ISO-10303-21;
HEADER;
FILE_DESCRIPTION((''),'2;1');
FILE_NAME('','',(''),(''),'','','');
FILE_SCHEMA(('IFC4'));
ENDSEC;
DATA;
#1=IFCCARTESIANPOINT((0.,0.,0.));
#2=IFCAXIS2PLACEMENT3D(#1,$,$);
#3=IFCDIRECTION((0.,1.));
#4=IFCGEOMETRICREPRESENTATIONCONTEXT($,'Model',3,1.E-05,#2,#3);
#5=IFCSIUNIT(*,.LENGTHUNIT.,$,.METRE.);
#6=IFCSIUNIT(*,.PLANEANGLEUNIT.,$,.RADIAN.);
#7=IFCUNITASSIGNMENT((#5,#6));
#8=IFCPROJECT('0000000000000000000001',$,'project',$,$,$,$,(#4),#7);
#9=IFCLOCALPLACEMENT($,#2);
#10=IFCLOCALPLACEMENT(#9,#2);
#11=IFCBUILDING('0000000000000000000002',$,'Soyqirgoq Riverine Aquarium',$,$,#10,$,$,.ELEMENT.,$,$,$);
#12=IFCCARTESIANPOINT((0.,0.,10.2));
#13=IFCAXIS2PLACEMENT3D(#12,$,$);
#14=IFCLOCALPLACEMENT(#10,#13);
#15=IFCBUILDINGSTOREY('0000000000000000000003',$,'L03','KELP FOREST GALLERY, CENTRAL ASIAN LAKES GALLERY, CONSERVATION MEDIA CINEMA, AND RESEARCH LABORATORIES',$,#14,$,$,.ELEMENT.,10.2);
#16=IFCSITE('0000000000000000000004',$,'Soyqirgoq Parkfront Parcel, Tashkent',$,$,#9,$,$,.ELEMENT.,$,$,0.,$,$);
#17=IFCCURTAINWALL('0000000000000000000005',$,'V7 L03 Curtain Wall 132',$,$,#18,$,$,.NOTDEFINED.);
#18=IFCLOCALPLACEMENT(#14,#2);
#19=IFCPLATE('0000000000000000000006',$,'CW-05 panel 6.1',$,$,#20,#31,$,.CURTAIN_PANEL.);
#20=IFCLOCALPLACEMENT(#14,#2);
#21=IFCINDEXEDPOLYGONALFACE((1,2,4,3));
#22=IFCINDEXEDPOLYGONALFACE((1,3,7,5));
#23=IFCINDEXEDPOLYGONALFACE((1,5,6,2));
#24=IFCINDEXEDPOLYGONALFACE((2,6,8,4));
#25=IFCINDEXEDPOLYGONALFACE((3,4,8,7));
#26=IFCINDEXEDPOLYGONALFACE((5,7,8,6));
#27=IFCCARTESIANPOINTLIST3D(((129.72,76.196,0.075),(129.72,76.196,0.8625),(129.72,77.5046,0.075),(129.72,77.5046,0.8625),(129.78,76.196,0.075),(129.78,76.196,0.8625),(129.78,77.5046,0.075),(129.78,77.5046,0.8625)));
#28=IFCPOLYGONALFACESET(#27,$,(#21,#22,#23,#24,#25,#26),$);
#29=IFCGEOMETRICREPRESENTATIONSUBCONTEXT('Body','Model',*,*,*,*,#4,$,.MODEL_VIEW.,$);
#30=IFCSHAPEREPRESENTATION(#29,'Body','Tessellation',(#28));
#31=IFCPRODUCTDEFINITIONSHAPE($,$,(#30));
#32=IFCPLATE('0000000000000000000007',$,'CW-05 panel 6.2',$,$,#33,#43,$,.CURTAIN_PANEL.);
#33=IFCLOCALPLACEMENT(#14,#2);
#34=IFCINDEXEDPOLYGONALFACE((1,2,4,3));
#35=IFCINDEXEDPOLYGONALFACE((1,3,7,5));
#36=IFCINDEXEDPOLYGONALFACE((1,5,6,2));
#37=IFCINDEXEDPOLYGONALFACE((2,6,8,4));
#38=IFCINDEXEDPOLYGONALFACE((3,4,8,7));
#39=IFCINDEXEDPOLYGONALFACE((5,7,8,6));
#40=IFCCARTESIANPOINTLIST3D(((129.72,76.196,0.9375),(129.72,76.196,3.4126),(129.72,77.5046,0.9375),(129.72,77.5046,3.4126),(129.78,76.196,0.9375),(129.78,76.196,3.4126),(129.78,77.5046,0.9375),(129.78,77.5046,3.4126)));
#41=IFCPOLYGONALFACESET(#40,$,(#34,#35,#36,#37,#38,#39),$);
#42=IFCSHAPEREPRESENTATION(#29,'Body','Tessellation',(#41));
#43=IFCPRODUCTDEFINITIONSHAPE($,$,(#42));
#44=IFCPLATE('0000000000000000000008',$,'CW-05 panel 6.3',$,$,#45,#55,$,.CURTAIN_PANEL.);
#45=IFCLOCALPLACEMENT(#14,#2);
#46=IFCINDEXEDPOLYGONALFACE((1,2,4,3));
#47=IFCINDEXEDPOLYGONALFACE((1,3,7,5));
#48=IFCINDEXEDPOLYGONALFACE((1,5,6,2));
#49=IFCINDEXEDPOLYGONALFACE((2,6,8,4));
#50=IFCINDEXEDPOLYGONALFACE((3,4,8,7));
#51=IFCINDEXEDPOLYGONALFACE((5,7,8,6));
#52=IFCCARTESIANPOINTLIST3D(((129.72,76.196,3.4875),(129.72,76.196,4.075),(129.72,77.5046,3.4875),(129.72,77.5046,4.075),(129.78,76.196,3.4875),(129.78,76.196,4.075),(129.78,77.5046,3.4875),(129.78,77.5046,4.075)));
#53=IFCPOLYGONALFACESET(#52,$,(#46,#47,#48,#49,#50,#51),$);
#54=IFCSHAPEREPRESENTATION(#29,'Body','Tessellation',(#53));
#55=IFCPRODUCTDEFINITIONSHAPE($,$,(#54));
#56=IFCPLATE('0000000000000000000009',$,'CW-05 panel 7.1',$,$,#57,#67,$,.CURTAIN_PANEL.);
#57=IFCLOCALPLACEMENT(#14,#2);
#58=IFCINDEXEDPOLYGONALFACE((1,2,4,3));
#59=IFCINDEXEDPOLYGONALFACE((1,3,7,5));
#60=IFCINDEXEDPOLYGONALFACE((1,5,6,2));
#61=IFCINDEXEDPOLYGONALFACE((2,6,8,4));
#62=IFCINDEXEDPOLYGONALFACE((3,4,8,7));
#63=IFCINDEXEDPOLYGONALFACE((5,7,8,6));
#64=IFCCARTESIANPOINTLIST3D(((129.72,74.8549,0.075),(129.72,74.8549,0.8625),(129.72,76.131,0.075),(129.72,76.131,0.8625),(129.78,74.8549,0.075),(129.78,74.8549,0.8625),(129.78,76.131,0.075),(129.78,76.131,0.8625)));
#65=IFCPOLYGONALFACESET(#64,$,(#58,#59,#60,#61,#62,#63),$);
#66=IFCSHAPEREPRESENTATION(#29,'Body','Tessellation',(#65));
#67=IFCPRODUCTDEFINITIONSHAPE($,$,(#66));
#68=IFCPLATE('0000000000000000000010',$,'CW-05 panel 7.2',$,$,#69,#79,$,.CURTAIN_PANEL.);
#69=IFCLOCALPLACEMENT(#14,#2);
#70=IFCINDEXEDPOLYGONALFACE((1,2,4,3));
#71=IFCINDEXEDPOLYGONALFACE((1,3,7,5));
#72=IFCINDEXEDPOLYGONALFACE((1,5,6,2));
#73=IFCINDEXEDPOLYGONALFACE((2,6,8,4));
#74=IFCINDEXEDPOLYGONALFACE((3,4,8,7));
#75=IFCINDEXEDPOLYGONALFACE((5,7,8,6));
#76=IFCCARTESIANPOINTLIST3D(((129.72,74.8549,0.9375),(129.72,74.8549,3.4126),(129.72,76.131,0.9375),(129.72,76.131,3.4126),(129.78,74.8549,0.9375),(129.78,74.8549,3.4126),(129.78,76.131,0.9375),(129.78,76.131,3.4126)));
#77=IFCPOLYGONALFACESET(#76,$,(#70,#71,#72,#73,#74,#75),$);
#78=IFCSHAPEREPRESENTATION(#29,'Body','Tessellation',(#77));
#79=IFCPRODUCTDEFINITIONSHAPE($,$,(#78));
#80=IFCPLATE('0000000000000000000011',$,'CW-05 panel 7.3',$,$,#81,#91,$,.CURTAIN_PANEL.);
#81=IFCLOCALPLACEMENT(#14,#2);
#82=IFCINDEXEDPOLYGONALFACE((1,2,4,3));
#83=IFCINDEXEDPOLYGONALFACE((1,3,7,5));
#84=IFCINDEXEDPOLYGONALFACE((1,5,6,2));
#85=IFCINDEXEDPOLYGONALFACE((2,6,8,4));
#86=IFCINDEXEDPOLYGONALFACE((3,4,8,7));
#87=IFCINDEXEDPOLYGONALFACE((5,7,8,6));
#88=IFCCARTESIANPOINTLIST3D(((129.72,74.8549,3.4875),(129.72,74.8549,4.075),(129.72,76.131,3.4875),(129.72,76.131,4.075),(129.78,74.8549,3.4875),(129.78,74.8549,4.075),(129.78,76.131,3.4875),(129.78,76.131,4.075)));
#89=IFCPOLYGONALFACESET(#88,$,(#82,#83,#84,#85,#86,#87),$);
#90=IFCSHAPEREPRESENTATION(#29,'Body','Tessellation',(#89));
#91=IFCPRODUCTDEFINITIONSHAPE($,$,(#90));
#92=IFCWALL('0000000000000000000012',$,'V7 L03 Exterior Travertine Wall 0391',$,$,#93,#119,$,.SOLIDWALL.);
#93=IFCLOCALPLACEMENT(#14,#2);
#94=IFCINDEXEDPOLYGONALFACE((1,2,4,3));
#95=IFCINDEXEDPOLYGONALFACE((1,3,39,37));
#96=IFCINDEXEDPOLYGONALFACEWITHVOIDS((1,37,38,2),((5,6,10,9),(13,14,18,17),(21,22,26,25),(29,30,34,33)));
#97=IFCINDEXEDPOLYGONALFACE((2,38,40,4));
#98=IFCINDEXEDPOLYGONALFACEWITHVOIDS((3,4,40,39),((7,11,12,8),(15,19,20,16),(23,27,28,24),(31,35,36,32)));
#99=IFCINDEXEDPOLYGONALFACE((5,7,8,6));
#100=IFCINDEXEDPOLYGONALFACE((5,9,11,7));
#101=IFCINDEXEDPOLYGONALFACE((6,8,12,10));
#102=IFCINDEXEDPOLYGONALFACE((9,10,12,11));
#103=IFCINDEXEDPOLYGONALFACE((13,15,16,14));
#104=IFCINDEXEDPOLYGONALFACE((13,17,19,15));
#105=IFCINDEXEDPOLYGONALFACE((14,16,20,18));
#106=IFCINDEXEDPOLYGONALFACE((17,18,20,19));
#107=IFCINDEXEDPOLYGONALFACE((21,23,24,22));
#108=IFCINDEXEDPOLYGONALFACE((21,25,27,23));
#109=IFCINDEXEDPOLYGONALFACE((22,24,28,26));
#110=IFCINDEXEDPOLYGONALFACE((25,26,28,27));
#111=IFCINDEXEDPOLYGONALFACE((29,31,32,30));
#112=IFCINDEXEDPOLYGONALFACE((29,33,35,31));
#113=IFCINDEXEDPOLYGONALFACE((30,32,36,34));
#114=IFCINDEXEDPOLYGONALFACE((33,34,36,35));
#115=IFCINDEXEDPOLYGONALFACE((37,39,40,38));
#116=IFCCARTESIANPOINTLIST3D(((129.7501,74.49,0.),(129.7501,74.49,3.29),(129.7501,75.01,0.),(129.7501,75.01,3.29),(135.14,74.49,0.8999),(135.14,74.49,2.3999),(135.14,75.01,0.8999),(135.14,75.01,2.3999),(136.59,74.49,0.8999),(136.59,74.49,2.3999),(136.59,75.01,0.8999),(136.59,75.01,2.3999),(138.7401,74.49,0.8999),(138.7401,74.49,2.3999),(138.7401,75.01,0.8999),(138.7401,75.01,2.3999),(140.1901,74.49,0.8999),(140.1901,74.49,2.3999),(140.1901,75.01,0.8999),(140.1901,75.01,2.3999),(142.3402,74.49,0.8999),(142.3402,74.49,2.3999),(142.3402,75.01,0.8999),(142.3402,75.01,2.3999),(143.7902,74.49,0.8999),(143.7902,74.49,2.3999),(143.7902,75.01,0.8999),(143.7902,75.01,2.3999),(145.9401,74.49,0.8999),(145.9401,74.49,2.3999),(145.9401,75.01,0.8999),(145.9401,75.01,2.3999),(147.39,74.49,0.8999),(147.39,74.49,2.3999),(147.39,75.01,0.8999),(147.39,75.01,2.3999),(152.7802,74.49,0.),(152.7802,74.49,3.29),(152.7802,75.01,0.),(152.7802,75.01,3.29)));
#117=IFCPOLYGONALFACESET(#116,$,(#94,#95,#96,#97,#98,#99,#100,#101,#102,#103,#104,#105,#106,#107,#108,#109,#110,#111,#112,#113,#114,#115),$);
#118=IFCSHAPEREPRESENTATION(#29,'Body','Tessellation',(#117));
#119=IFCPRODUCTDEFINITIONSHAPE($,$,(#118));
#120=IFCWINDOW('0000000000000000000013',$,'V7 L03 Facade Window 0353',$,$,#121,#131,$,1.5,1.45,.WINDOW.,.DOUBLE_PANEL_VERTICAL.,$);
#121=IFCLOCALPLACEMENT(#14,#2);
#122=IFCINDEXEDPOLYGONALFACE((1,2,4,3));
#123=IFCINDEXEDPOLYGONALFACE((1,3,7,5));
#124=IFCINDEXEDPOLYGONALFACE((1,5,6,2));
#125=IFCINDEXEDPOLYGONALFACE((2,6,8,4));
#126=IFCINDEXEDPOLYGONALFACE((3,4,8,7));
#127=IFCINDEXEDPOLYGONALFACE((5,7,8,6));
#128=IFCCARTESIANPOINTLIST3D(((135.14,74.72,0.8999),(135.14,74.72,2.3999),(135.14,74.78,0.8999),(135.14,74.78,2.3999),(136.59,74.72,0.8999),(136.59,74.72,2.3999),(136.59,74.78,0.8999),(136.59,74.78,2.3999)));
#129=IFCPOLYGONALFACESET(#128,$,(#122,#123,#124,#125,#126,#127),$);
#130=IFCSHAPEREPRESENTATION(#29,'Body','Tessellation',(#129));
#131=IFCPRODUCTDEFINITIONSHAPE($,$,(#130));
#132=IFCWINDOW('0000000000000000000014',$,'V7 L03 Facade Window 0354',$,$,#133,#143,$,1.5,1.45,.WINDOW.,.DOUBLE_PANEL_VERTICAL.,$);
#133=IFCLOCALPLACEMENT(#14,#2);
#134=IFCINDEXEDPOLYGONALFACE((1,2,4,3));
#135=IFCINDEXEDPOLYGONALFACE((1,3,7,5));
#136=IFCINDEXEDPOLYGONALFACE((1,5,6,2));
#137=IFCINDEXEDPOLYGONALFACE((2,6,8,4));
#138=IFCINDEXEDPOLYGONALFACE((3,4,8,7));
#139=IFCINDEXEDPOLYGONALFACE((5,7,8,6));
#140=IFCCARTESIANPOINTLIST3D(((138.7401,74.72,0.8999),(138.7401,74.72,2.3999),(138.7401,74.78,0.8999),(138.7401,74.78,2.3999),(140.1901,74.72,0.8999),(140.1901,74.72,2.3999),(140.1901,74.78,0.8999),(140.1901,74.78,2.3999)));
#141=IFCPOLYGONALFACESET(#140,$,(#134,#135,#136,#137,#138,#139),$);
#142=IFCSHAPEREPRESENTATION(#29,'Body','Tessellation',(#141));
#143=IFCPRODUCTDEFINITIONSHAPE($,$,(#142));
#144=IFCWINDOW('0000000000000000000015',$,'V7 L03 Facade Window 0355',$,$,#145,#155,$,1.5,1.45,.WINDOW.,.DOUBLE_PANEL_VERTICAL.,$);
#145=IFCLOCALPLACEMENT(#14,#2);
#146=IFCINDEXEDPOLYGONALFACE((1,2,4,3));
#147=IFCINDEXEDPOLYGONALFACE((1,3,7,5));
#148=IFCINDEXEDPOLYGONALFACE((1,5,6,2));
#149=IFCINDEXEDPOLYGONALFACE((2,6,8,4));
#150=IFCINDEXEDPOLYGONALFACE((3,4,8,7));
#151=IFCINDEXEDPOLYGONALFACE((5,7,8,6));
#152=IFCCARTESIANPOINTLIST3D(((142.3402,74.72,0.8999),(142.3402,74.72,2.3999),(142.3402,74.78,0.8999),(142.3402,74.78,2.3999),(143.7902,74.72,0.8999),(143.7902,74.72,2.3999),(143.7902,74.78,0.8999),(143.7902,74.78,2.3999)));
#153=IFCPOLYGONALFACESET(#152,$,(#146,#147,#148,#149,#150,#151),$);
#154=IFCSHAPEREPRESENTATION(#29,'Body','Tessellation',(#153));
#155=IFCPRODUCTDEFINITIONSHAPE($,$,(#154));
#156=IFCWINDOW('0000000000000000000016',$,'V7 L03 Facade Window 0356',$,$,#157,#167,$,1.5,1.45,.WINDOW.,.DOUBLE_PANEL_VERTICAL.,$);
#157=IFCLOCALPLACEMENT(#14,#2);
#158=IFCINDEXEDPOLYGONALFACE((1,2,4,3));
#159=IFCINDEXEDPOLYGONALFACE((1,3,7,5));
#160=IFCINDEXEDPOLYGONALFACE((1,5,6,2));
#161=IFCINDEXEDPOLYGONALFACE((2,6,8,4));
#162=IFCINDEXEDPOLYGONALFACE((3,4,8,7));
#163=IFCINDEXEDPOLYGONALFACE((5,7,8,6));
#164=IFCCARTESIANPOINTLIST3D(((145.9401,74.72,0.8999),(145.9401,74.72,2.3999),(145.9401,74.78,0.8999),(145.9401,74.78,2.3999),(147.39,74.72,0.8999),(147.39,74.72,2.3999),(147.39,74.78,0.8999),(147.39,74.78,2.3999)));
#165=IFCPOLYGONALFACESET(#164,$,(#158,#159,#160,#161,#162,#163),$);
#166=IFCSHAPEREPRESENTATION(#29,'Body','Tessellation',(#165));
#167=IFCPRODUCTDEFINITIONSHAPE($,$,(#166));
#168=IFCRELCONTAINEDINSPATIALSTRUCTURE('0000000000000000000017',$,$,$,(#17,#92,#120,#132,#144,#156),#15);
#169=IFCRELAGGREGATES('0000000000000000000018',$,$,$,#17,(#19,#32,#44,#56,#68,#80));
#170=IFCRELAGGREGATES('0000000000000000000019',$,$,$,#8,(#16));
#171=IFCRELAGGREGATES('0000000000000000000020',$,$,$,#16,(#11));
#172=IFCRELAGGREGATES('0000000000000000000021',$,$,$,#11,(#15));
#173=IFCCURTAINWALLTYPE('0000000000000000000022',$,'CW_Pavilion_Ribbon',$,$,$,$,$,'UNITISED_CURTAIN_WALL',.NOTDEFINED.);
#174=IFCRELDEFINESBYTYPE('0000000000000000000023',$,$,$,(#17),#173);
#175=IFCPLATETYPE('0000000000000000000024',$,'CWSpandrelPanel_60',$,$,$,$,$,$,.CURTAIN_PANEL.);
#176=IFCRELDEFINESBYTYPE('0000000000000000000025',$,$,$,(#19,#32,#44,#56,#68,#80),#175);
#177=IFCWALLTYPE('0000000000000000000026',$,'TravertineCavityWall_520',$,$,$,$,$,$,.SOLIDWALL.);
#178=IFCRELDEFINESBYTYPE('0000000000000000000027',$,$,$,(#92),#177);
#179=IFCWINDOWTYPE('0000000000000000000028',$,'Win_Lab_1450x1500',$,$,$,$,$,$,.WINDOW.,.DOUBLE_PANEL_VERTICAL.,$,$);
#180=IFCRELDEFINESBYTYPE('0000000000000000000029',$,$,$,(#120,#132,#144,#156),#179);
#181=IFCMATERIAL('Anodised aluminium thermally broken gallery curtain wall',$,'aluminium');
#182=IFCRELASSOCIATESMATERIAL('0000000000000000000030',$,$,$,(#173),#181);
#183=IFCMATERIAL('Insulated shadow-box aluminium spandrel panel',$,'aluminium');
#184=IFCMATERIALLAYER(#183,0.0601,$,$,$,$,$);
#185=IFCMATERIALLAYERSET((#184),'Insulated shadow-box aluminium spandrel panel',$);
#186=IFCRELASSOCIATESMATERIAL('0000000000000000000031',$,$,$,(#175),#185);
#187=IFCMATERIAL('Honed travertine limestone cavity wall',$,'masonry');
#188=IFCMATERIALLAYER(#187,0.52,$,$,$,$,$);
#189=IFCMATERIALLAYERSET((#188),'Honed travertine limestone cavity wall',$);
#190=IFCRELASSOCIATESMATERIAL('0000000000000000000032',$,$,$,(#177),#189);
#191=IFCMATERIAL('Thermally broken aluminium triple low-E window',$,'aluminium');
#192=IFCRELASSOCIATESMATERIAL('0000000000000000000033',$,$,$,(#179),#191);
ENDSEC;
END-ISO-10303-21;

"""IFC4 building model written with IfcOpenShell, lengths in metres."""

from ifc_helpers import new_model, si_unit, direction, frame, frame_2d, origin, origin_2d, place, context, subcontext, project, spatial, rectangle, extrude, material, layer, layer_set, type_object, element, fill, aggregate, save


model = new_model("IFC4")

# Units and contexts
model_context = context("Model", 3, precision=1e-05, world=origin(), true_north=direction((0.0, 1.0)))
body_context = subcontext(model_context, "Body", "Model", "MODEL_VIEW")
ifc_project = project(units=[si_unit("LENGTHUNIT", "METRE"), si_unit("PLANEANGLEUNIT", "RADIAN")], contexts=[model_context])

# Site, building, storey
site_placement = place(None, origin())
site = spatial("IfcSite", under=ifc_project, at=site_placement, Name="Soyqirgoq Parkfront Parcel, Tashkent", CompositionType="ELEMENT", RefElevation=0.0)
building_placement = place(site_placement, origin())
building = spatial("IfcBuilding", under=site, at=building_placement, Name="Soyqirgoq Riverine Aquarium", CompositionType="ELEMENT")
storey_placement = place(building_placement, frame((0.0, 0.0, 10.2)))
storey = spatial("IfcBuildingStorey", under=building, at=storey_placement, Name="L03", Description="KELP FOREST GALLERY, CENTRAL ASIAN LAKES GALLERY, CONSERVATION MEDIA CINEMA, AND RESEARCH LABORATORIES", CompositionType="ELEMENT", Elevation=10.2)

# Curtain wall
ifc_material_1 = material(Name="Anodised aluminium thermally broken gallery curtain wall", Category="aluminium")
curtain_wall_type = type_object("IfcCurtainWallType", Name="CW_Pavilion_Ribbon", ElementType="UNITISED_CURTAIN_WALL", PredefinedType="NOTDEFINED", material=ifc_material_1)
curtain_wall_placement = place(storey_placement, origin())
curtain_wall = element("IfcCurtainWall", 1, at=curtain_wall_placement, inside=storey, type_object=curtain_wall_type, Name="V7 L03 Curtain Wall 132", PredefinedType="NOTDEFINED")

# Plates
ifc_material_2 = material(Name="Insulated shadow-box aluminium spandrel panel", Category="aluminium")
ifc_layer_1 = layer(ifc_material_2, 0.0601)
ifc_layer_set_1 = layer_set([ifc_layer_1], Name="Insulated shadow-box aluminium spandrel panel")
plate_type = type_object("IfcPlateType", Name="CWSpandrelPanel_60", PredefinedType="CURTAIN_PANEL", material=ifc_layer_set_1)
plate_1_placement = place(storey_placement, frame((129.75, 76.8503, 0.075), z_axis=(0.0, 0.0, 1.0), x_axis=(0.0, -1.0, 0.0)))
plate_1 = element("IfcPlate", 2, at=plate_1_placement, type_object=plate_type, Name="CW-05 panel 6.1", PredefinedType="CURTAIN_PANEL", context=body_context, shape_type="SweptSolid", body=[
    extrude(rectangle(XDim=1.3086, YDim=0.0601, at=origin_2d()), origin(), (0.0, 0.0, 1.0), 0.7876),
])
plate_2_placement = place(storey_placement, frame((129.75, 76.8503, 0.9375), z_axis=(0.0, 0.0, 1.0), x_axis=(0.0, -1.0, 0.0)))
plate_2 = element("IfcPlate", 3, at=plate_2_placement, type_object=plate_type, Name="CW-05 panel 6.2", PredefinedType="CURTAIN_PANEL", context=body_context, shape_type="SweptSolid", body=[
    extrude(rectangle(XDim=1.3086, YDim=0.0601, at=origin_2d()), origin(), (0.0, 0.0, 1.0), 2.4751),
])
plate_3_placement = place(storey_placement, frame((129.75, 76.8503, 3.4875), z_axis=(0.0, 0.0, 1.0), x_axis=(0.0, -1.0, 0.0)))
plate_3 = element("IfcPlate", 4, at=plate_3_placement, type_object=plate_type, Name="CW-05 panel 6.3", PredefinedType="CURTAIN_PANEL", context=body_context, shape_type="SweptSolid", body=[
    extrude(rectangle(XDim=1.3086, YDim=0.0601, at=origin_2d()), origin(), (0.0, 0.0, 1.0), 0.5874),
])
plate_4_placement = place(storey_placement, frame((129.75, 75.4929, 0.075), z_axis=(0.0, 0.0, 1.0), x_axis=(0.0, -1.0, 0.0)))
plate_4 = element("IfcPlate", 5, at=plate_4_placement, type_object=plate_type, Name="CW-05 panel 7.1", PredefinedType="CURTAIN_PANEL", context=body_context, shape_type="SweptSolid", body=[
    extrude(rectangle(XDim=1.2761, YDim=0.0601, at=origin_2d()), origin(), (0.0, 0.0, 1.0), 0.7876),
])
plate_5_placement = place(storey_placement, frame((129.75, 75.4929, 0.9375), z_axis=(0.0, 0.0, 1.0), x_axis=(0.0, -1.0, 0.0)))
plate_5 = element("IfcPlate", 6, at=plate_5_placement, type_object=plate_type, Name="CW-05 panel 7.2", PredefinedType="CURTAIN_PANEL", context=body_context, shape_type="SweptSolid", body=[
    extrude(rectangle(XDim=1.2761, YDim=0.0601, at=origin_2d()), origin(), (0.0, 0.0, 1.0), 2.4751),
])
plate_6_placement = place(storey_placement, frame((129.75, 75.4929, 3.4875), z_axis=(0.0, 0.0, 1.0), x_axis=(0.0, -1.0, 0.0)))
plate_6 = element("IfcPlate", 7, at=plate_6_placement, type_object=plate_type, Name="CW-05 panel 7.3", PredefinedType="CURTAIN_PANEL", context=body_context, shape_type="SweptSolid", body=[
    extrude(rectangle(XDim=1.2761, YDim=0.0601, at=origin_2d()), origin(), (0.0, 0.0, 1.0), 0.5874),
])
aggregate(curtain_wall, [plate_1, plate_2, plate_3, plate_4, plate_5, plate_6])

# Wall, openings, windows
ifc_material_3 = material(Name="Honed travertine limestone cavity wall", Category="masonry")
ifc_layer_2 = layer(ifc_material_3, 0.52)
ifc_layer_set_2 = layer_set([ifc_layer_2], Name="Honed travertine limestone cavity wall")
wall_type = type_object("IfcWallType", Name="TravertineCavityWall_520", PredefinedType="SOLIDWALL", material=ifc_layer_set_2)
wall_placement = place(storey_placement, frame((129.75, 74.75, 0.0), z_axis=(0.0, 0.0, 1.0), x_axis=(1.0, 0.0, 0.0)))
wall = element("IfcWall", 8, at=wall_placement, inside=storey, type_object=wall_type, Name="V7 L03 Exterior Travertine Wall 0391", PredefinedType="SOLIDWALL", context=body_context, shape_type="SweptSolid", body=[
    extrude(rectangle(XDim=23.03, YDim=0.52, at=frame_2d((11.5151, 0.0))), origin(), (0.0, 0.0, 1.0), 3.29),
])
opening_1_placement = place(wall_placement, frame((5.3899, 0.0, 0.8999)))
opening_1 = element("IfcOpeningElement", 9, at=opening_1_placement, cuts=wall, PredefinedType="OPENING", context=body_context, shape_type="SweptSolid", body=[
    extrude(rectangle(XDim=1.45, YDim=1.5, at=frame_2d((0.7251, 0.75))), frame((0.0, 0.27, 0.0), z_axis=(0.0, -1.0, 0.0), x_axis=(1.0, 0.0, 0.0)), (0.0, 0.0, 1.0), 0.54),
])
opening_2_placement = place(wall_placement, frame((8.99, 0.0, 0.8999)))
opening_2 = element("IfcOpeningElement", 10, at=opening_2_placement, cuts=wall, PredefinedType="OPENING", context=body_context, shape_type="SweptSolid", body=[
    extrude(rectangle(XDim=1.45, YDim=1.5, at=frame_2d((0.7251, 0.75))), frame((0.0, 0.27, 0.0), z_axis=(0.0, -1.0, 0.0), x_axis=(1.0, 0.0, 0.0)), (0.0, 0.0, 1.0), 0.54),
])
opening_3_placement = place(wall_placement, frame((12.5901, 0.0, 0.8999)))
opening_3 = element("IfcOpeningElement", 11, at=opening_3_placement, cuts=wall, PredefinedType="OPENING", context=body_context, shape_type="SweptSolid", body=[
    extrude(rectangle(XDim=1.45, YDim=1.5, at=frame_2d((0.7251, 0.75))), frame((0.0, 0.27, 0.0), z_axis=(0.0, -1.0, 0.0), x_axis=(1.0, 0.0, 0.0)), (0.0, 0.0, 1.0), 0.54),
])
opening_4_placement = place(wall_placement, frame((16.1899, 0.0, 0.8999)))
opening_4 = element("IfcOpeningElement", 12, at=opening_4_placement, cuts=wall, PredefinedType="OPENING", context=body_context, shape_type="SweptSolid", body=[
    extrude(rectangle(XDim=1.45, YDim=1.5, at=frame_2d((0.7251, 0.75))), frame((0.0, 0.27, 0.0), z_axis=(0.0, -1.0, 0.0), x_axis=(1.0, 0.0, 0.0)), (0.0, 0.0, 1.0), 0.54),
])
ifc_material_4 = material(Name="Thermally broken aluminium triple low-E window", Category="aluminium")
window_type = type_object("IfcWindowType", Name="Win_Lab_1450x1500", PartitioningType="DOUBLE_PANEL_VERTICAL", PredefinedType="WINDOW", material=ifc_material_4)
window_1_placement = place(opening_1_placement, origin())
window_1 = element("IfcWindow", 13, at=window_1_placement, inside=storey, type_object=window_type, Name="V7 L03 Facade Window 0353", OverallHeight=1.5, OverallWidth=1.45, PartitioningType="DOUBLE_PANEL_VERTICAL", PredefinedType="WINDOW", context=body_context, shape_type="SweptSolid", body=[
    extrude(rectangle(XDim=1.45, YDim=1.5, at=frame_2d((0.7251, 0.75))), frame((0.0, 0.03, 0.0), z_axis=(0.0, -1.0, 0.0), x_axis=(1.0, 0.0, 0.0)), (0.0, 0.0, 1.0), 0.0601),
])
fill(opening_1, window_1)
window_2_placement = place(opening_2_placement, origin())
window_2 = element("IfcWindow", 14, at=window_2_placement, inside=storey, type_object=window_type, Name="V7 L03 Facade Window 0354", OverallHeight=1.5, OverallWidth=1.45, PartitioningType="DOUBLE_PANEL_VERTICAL", PredefinedType="WINDOW", context=body_context, shape_type="SweptSolid", body=[
    extrude(rectangle(XDim=1.45, YDim=1.5, at=frame_2d((0.7251, 0.75))), frame((0.0, 0.03, 0.0), z_axis=(0.0, -1.0, 0.0), x_axis=(1.0, 0.0, 0.0)), (0.0, 0.0, 1.0), 0.0601),
])
fill(opening_2, window_2)
window_3_placement = place(opening_3_placement, origin())
window_3 = element("IfcWindow", 15, at=window_3_placement, inside=storey, type_object=window_type, Name="V7 L03 Facade Window 0355", OverallHeight=1.5, OverallWidth=1.45, PartitioningType="DOUBLE_PANEL_VERTICAL", PredefinedType="WINDOW", context=body_context, shape_type="SweptSolid", body=[
    extrude(rectangle(XDim=1.45, YDim=1.5, at=frame_2d((0.7251, 0.75))), frame((0.0, 0.03, 0.0), z_axis=(0.0, -1.0, 0.0), x_axis=(1.0, 0.0, 0.0)), (0.0, 0.0, 1.0), 0.0601),
])
fill(opening_3, window_3)
window_4_placement = place(opening_4_placement, origin())
window_4 = element("IfcWindow", 16, at=window_4_placement, inside=storey, type_object=window_type, Name="V7 L03 Facade Window 0356", OverallHeight=1.5, OverallWidth=1.45, PartitioningType="DOUBLE_PANEL_VERTICAL", PredefinedType="WINDOW", context=body_context, shape_type="SweptSolid", body=[
    extrude(rectangle(XDim=1.45, YDim=1.5, at=frame_2d((0.7251, 0.75))), frame((0.0, 0.03, 0.0), z_axis=(0.0, -1.0, 0.0), x_axis=(1.0, 0.0, 0.0)), (0.0, 0.0, 1.0), 0.0601),
])
fill(opening_4, window_4)

save(model, "model.ifc")
